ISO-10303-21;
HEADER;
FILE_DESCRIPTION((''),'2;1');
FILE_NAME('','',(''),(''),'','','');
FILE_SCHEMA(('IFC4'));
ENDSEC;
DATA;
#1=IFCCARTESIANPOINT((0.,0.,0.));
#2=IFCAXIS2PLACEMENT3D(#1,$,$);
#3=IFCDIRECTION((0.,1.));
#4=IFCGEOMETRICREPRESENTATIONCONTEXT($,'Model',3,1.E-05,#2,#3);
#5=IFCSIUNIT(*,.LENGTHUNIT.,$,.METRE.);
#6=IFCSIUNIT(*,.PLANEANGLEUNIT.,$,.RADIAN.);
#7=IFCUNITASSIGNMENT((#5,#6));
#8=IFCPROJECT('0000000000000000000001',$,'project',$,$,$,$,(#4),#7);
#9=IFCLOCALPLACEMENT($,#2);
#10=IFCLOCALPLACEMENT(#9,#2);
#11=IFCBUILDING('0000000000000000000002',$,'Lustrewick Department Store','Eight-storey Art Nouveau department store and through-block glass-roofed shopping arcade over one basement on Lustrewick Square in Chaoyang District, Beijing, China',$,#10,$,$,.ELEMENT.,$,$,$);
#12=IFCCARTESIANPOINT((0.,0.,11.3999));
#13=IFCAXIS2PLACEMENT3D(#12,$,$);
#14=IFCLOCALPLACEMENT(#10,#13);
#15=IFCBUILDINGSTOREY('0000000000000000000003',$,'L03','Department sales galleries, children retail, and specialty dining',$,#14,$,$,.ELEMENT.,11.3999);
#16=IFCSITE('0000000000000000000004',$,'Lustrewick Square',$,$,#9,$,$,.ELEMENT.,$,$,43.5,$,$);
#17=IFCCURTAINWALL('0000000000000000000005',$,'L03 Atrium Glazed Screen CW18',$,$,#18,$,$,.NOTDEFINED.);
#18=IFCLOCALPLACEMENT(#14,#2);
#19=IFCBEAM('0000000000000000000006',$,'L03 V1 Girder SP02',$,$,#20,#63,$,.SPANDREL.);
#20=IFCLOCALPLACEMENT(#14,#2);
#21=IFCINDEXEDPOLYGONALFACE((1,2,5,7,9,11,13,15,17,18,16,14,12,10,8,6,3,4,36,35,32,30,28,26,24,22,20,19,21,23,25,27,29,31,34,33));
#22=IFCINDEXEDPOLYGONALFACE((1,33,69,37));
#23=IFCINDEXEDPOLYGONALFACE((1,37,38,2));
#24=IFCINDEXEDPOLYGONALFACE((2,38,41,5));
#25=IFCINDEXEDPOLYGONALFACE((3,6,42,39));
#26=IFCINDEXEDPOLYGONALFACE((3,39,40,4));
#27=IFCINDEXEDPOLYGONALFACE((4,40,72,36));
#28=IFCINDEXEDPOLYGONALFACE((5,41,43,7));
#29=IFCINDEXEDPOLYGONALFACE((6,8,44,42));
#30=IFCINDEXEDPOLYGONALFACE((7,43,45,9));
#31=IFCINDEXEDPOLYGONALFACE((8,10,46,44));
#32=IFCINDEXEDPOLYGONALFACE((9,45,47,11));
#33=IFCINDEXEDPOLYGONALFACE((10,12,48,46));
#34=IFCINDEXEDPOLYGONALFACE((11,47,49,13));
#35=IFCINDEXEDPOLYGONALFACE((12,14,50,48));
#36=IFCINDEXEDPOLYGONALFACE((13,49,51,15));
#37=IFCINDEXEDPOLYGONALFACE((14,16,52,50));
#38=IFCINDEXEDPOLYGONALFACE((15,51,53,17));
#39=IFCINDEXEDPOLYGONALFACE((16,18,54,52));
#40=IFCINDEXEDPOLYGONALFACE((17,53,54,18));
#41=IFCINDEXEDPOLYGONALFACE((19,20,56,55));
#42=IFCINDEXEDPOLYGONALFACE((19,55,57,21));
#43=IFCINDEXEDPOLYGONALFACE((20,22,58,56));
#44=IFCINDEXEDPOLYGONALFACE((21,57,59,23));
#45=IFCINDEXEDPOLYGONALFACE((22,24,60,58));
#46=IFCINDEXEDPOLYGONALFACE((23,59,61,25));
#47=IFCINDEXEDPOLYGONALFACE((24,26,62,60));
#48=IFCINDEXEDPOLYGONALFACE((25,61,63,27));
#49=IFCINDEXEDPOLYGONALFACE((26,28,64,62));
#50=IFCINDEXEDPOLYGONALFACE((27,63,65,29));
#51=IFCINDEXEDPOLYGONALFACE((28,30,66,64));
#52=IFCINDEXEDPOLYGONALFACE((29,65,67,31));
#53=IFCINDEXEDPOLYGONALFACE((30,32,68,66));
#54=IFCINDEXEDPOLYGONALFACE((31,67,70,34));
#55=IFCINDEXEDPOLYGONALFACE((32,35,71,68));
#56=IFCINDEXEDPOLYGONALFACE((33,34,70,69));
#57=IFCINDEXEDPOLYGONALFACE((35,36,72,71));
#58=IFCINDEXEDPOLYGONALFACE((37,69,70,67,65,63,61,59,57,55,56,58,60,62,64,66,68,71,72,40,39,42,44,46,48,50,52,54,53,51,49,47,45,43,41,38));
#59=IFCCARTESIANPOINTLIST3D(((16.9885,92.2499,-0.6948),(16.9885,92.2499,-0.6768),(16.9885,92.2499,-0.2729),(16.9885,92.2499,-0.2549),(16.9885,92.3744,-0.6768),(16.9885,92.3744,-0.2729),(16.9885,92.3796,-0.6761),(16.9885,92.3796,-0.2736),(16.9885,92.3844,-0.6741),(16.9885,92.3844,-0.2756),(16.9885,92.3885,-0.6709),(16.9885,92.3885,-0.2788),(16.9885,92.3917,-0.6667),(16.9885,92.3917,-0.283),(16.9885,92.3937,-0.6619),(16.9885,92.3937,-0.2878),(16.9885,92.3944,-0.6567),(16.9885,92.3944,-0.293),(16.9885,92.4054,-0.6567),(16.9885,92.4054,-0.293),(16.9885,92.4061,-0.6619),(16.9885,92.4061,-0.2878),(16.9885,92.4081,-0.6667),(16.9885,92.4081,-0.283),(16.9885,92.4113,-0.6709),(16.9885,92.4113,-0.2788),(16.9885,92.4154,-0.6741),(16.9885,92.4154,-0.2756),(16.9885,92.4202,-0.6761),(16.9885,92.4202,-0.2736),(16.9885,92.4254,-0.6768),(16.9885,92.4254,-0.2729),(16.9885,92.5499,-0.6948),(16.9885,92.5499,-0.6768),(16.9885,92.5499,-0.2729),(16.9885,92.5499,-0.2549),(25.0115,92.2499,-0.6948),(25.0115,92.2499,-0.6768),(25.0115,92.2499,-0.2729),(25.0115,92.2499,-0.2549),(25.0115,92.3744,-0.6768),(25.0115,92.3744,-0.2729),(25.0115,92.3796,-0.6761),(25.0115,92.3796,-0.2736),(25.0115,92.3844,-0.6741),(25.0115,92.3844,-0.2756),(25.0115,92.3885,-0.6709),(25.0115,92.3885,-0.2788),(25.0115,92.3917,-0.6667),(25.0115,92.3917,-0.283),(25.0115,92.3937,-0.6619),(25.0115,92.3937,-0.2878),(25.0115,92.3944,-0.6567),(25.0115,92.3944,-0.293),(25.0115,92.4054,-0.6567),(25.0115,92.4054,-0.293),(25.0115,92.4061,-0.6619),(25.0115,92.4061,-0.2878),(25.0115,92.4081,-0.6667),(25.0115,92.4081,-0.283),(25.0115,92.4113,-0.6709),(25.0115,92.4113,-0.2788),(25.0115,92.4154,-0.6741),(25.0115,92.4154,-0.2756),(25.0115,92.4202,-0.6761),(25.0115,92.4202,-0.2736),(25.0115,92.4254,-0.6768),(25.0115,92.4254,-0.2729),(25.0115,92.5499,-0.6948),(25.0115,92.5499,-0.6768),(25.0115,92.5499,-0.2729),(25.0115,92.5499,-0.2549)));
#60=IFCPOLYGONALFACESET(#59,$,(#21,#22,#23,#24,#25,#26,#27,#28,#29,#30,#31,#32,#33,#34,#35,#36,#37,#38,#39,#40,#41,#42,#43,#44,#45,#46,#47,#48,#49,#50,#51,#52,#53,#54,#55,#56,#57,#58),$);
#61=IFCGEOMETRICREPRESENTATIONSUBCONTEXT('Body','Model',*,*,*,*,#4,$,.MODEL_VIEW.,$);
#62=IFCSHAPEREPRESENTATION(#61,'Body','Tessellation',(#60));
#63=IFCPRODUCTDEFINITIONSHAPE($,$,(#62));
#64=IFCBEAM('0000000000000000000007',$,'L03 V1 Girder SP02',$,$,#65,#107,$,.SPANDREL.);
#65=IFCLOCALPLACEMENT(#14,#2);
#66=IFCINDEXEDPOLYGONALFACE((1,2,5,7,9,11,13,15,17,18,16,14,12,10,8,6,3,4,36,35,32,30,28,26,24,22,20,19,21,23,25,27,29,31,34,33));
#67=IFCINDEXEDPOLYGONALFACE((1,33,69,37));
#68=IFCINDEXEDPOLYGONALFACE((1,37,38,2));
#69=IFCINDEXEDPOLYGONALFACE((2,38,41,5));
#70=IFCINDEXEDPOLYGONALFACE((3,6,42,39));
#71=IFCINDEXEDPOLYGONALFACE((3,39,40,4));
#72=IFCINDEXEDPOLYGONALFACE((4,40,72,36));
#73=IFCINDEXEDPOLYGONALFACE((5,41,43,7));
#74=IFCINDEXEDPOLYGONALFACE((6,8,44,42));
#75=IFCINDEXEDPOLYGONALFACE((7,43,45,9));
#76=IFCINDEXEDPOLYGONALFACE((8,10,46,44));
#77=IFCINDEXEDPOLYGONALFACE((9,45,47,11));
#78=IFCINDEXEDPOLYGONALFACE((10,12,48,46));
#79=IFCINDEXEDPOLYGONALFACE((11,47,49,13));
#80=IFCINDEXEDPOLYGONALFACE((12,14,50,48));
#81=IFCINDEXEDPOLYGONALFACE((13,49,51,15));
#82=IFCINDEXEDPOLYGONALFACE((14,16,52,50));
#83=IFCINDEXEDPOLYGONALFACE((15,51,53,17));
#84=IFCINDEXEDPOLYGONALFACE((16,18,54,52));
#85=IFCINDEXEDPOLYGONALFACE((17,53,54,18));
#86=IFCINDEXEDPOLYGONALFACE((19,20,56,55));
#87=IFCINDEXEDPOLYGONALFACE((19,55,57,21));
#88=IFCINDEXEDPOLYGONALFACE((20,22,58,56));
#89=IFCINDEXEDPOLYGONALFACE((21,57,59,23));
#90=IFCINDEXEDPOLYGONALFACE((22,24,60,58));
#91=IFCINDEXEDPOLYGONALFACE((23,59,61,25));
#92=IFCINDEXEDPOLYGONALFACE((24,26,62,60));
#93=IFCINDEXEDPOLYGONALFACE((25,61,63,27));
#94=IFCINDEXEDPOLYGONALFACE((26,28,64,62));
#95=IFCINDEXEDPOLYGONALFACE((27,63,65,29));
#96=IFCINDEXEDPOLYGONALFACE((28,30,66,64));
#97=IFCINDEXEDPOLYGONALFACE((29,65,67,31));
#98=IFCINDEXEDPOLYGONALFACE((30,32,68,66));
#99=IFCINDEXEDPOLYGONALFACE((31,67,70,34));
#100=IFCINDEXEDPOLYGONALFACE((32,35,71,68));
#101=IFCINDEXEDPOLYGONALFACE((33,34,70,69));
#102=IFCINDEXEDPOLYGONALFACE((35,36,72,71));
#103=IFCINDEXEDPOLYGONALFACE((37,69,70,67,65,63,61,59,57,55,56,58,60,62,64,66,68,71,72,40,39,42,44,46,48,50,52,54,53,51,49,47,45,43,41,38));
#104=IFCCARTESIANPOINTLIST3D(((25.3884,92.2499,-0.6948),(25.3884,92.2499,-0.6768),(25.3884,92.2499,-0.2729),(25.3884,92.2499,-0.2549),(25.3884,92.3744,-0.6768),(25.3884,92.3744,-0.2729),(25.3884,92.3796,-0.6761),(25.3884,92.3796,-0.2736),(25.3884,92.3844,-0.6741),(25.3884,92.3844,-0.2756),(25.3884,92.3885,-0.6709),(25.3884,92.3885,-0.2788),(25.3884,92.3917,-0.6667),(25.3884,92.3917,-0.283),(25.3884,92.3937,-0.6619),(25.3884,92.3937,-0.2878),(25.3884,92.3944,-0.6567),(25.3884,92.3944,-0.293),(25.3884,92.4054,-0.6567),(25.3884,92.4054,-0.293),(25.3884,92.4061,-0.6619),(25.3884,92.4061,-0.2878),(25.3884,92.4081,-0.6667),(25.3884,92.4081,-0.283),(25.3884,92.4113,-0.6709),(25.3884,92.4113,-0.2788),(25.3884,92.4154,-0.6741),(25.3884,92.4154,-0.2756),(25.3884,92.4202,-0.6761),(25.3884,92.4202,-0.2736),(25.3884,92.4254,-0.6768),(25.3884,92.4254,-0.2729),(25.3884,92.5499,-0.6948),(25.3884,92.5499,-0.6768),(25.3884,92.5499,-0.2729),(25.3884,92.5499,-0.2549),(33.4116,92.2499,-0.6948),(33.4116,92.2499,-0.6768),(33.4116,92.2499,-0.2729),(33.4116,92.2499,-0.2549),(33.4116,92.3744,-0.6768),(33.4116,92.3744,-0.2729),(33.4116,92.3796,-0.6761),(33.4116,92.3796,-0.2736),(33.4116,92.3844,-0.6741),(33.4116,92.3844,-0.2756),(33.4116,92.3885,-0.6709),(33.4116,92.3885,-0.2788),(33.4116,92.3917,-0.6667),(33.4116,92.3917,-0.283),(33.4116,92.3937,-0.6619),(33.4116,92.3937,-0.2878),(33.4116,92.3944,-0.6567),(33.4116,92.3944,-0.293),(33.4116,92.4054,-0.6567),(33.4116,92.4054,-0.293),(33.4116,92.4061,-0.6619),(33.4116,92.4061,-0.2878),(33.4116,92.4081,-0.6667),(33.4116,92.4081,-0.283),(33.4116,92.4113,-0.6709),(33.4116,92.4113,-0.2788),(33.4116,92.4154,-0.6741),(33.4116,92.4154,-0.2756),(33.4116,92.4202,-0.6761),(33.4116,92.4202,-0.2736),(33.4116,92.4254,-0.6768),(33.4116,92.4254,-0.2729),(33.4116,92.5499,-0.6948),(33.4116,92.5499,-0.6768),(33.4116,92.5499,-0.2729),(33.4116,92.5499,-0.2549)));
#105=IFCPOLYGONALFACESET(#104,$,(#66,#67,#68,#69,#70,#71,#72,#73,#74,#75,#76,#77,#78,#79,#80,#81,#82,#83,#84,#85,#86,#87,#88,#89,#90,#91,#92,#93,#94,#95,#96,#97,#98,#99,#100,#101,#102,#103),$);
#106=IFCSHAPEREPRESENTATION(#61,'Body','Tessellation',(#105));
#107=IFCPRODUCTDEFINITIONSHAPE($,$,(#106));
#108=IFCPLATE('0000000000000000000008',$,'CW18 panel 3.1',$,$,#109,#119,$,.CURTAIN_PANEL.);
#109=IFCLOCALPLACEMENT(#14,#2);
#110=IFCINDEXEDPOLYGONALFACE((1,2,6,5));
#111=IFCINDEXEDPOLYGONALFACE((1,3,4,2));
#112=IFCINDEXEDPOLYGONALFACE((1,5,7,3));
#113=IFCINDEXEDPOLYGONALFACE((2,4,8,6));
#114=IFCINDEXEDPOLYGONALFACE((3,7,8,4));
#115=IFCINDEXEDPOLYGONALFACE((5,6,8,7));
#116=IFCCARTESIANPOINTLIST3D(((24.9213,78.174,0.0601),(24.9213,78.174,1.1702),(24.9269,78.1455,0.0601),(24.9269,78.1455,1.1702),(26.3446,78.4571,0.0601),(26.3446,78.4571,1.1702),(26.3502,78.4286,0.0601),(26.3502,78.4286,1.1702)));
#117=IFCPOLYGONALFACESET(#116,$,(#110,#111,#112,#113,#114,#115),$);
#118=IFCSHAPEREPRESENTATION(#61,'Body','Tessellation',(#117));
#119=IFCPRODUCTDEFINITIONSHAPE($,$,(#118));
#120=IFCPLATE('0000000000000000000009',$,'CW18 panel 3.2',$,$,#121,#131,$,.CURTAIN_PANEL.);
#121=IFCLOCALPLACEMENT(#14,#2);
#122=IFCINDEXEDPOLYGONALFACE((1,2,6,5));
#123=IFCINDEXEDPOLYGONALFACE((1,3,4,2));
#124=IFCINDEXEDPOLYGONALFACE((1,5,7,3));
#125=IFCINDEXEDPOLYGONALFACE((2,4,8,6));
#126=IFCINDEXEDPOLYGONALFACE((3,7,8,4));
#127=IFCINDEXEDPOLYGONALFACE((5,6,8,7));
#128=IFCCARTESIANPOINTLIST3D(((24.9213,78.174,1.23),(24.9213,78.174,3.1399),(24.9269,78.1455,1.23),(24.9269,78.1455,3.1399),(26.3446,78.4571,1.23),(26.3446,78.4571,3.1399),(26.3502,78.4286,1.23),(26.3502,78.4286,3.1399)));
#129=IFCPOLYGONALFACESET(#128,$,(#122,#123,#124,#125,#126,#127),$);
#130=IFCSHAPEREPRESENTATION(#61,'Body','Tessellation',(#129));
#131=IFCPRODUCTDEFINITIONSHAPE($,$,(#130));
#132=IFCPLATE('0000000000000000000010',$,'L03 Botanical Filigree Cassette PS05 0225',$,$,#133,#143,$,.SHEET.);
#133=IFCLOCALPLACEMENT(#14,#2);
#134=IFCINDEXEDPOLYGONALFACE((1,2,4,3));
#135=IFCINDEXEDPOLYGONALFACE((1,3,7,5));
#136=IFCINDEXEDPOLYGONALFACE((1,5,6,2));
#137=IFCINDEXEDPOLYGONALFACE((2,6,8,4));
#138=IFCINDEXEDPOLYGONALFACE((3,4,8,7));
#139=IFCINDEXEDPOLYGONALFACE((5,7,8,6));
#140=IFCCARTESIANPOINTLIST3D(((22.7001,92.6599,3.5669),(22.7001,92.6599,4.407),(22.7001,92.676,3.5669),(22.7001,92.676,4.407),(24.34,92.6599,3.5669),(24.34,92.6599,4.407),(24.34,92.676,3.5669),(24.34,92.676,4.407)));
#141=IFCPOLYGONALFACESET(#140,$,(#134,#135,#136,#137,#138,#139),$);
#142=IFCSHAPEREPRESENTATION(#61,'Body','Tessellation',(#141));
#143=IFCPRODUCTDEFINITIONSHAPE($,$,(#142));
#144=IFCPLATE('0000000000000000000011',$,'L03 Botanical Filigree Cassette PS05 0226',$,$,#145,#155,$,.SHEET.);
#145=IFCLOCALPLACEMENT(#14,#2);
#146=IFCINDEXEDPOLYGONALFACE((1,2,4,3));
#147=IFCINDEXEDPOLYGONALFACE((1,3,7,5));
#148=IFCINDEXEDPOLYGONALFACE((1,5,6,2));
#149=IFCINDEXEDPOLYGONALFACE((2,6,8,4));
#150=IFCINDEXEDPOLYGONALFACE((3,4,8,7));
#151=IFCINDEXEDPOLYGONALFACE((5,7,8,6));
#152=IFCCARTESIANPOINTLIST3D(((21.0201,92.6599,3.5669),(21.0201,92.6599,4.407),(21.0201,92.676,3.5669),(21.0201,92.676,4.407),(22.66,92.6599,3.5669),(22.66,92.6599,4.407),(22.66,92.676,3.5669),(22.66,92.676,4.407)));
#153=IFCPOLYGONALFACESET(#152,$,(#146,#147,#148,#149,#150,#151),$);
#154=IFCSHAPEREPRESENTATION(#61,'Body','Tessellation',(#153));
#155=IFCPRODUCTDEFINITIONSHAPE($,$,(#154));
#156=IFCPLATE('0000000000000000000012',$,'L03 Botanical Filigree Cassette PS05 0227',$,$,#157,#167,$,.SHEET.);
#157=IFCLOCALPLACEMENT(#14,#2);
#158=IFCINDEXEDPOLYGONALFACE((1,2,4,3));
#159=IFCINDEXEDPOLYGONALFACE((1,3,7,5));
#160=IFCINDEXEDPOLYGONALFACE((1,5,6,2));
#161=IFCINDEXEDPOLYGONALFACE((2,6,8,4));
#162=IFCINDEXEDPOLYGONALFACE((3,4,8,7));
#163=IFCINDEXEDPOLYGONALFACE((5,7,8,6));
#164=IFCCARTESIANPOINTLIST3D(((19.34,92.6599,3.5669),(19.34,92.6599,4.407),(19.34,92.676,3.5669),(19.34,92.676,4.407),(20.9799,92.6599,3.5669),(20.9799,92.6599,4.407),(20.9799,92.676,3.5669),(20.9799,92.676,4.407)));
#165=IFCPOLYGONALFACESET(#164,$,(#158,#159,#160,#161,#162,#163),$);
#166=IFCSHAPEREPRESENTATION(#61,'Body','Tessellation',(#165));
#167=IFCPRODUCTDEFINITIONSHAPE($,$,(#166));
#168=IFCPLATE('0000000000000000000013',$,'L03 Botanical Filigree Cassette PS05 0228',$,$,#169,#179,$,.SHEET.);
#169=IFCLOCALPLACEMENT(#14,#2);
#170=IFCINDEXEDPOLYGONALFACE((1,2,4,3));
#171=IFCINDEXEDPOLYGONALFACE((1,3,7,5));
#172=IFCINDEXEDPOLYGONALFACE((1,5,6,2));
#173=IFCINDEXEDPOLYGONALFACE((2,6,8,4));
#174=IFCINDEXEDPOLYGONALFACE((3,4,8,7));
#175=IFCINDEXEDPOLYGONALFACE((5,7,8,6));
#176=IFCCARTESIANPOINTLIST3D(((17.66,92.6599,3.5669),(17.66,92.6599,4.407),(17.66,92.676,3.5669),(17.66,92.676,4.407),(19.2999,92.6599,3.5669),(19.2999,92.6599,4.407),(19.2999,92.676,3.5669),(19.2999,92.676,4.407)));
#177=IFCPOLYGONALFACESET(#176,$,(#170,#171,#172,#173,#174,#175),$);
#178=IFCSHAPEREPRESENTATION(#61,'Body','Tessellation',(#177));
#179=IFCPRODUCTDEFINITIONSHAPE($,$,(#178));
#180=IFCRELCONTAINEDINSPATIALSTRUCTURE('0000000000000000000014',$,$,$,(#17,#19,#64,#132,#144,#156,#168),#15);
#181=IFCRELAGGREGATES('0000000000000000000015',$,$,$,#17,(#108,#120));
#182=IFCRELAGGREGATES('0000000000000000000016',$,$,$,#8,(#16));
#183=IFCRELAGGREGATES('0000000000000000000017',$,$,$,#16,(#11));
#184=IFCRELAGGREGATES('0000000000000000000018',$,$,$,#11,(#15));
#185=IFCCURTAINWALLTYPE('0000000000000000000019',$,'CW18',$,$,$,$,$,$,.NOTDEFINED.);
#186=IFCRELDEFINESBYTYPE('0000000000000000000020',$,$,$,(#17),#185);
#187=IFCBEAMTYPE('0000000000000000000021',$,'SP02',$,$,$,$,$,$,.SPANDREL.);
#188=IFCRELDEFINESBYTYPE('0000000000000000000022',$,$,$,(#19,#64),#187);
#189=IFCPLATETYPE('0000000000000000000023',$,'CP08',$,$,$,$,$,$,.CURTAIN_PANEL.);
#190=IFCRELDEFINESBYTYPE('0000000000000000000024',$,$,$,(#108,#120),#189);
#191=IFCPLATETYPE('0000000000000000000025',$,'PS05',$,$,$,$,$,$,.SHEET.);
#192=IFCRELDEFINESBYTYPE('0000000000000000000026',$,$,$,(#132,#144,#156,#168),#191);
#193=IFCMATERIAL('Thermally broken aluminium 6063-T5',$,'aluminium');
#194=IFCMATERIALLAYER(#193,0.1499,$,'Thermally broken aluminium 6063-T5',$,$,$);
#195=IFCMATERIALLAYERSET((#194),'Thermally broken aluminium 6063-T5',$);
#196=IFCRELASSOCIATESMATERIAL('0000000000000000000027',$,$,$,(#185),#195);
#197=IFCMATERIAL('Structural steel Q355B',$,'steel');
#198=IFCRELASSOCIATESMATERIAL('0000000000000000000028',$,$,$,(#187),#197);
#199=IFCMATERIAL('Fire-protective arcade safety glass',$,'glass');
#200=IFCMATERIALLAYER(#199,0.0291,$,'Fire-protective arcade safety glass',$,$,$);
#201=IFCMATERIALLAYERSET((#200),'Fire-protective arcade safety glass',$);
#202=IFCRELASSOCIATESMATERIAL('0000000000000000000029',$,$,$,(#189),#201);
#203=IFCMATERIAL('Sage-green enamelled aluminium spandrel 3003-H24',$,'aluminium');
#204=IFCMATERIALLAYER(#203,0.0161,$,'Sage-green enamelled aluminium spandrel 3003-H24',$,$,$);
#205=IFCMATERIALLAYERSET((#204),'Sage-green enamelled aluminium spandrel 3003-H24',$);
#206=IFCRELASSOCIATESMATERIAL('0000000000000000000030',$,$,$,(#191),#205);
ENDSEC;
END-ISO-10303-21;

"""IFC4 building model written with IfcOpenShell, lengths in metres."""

from ifc_helpers import new_model, si_unit, direction, frame, origin, origin_2d, place, context, subcontext, project, spatial, rectangle, i_section, extrude, material, layer, layer_set, material_profile, profile_set, type_object, element, aggregate, save


model = new_model("IFC4")

# Units and contexts
model_context = context("Model", 3, precision=1e-05, world=origin(), true_north=direction((0.0, 1.0)))
body_context = subcontext(model_context, "Body", "Model", "MODEL_VIEW")
ifc_project = project(units=[si_unit("LENGTHUNIT", "METRE"), si_unit("PLANEANGLEUNIT", "RADIAN")], contexts=[model_context])

# Site, building, storey
site_placement = place(None, origin())
site = spatial("IfcSite", under=ifc_project, at=site_placement, Name="Lustrewick Square", CompositionType="ELEMENT", RefElevation=43.5)
building_placement = place(site_placement, origin())
building = spatial("IfcBuilding", under=site, at=building_placement, Name="Lustrewick Department Store", Description="Eight-storey Art Nouveau department store and through-block glass-roofed shopping arcade over one basement on Lustrewick Square in Chaoyang District, Beijing, China", CompositionType="ELEMENT")
storey_placement = place(building_placement, frame((0.0, 0.0, 11.3999)))
storey = spatial("IfcBuildingStorey", under=building, at=storey_placement, Name="L03", Description="Department sales galleries, children retail, and specialty dining", CompositionType="ELEMENT", Elevation=11.3999)

# Shared definitions
ifc_material_1 = material(Name="Structural steel Q355B", Category="steel")

# Curtain wall
ifc_material_2 = material(Name="Thermally broken aluminium 6063-T5", Category="aluminium")
ifc_layer_1 = layer(ifc_material_2, 0.1499, Name="Thermally broken aluminium 6063-T5")
ifc_layer_set_1 = layer_set([ifc_layer_1], Name="Thermally broken aluminium 6063-T5")
curtain_wall_type_1 = type_object("IfcCurtainWallType", Name="CW18", PredefinedType="NOTDEFINED", material=ifc_layer_set_1)
curtain_wall_1_placement = place(storey_placement, origin())
curtain_wall_1 = element("IfcCurtainWall", 1, at=curtain_wall_1_placement, inside=storey, type_object=curtain_wall_type_1, Name="L03 Atrium Glazed Screen CW18", PredefinedType="NOTDEFINED")

# Beams
ifc_material_profile_1 = material_profile(ifc_material_1, i_section(OverallWidth=0.3, OverallDepth=0.4399, WebThickness=0.011, FlangeThickness=0.0181, FilletRadius=0.02, at=origin_2d()), Name="HM 440x300x11x18")
ifc_profile_set_1 = profile_set([ifc_material_profile_1], Name="Structural steel Q355B")
beam_type_1 = type_object("IfcBeamType", Name="SP02", PredefinedType="SPANDREL", material=ifc_profile_set_1)
beam_1_placement = place(storey_placement, frame((16.9885, 92.3999, -0.4749), z_axis=(1.0, 0.0, 0.0), x_axis=(0.0, 1.0, 0.0)))
element("IfcBeam", 2, at=beam_1_placement, inside=storey, type_object=beam_type_1, Name="L03 V1 Girder SP02", PredefinedType="SPANDREL", context=body_context, shape_type="SweptSolid", body=[
    extrude(i_section(OverallWidth=0.3, OverallDepth=0.4399, WebThickness=0.011, FlangeThickness=0.0181, FilletRadius=0.02, at=origin_2d()), origin(), (0.0, 0.0, 1.0), 8.0229),
])
beam_2_placement = place(storey_placement, frame((25.3884, 92.3999, -0.4749), z_axis=(1.0, 0.0, 0.0), x_axis=(0.0, 1.0, 0.0)))
element("IfcBeam", 3, at=beam_2_placement, inside=storey, type_object=beam_type_1, Name="L03 V1 Girder SP02", PredefinedType="SPANDREL", context=body_context, shape_type="SweptSolid", body=[
    extrude(i_section(OverallWidth=0.3, OverallDepth=0.4399, WebThickness=0.011, FlangeThickness=0.0181, FilletRadius=0.02, at=origin_2d()), origin(), (0.0, 0.0, 1.0), 8.0232),
])

# Plates
ifc_material_3 = material(Name="Fire-protective arcade safety glass", Category="glass")
ifc_layer_2 = layer(ifc_material_3, 0.0291, Name="Fire-protective arcade safety glass")
ifc_layer_set_2 = layer_set([ifc_layer_2], Name="Fire-protective arcade safety glass")
plate_type_1 = type_object("IfcPlateType", Name="CP08", PredefinedType="CURTAIN_PANEL", material=ifc_layer_set_2)
plate_1_placement = place(storey_placement, frame((25.6357, 78.3013, 0.0601), z_axis=(0.0, 0.0, 1.0), x_axis=(-0.980786, -0.195085, 0.0)))
plate_1 = element("IfcPlate", 4, at=plate_1_placement, type_object=plate_type_1, Name="CW18 panel 3.1", PredefinedType="CURTAIN_PANEL", context=body_context, shape_type="SweptSolid", body=[
    extrude(rectangle(XDim=1.4512, YDim=0.0291, at=origin_2d()), origin(), (0.0, 0.0, 1.0), 1.1101),
])
plate_2_placement = place(storey_placement, frame((25.6357, 78.3013, 1.23), z_axis=(0.0, 0.0, 1.0), x_axis=(-0.980786, -0.195085, 0.0)))
plate_2 = element("IfcPlate", 5, at=plate_2_placement, type_object=plate_type_1, Name="CW18 panel 3.2", PredefinedType="CURTAIN_PANEL", context=body_context, shape_type="SweptSolid", body=[
    extrude(rectangle(XDim=1.4512, YDim=0.0291, at=origin_2d()), origin(), (0.0, 0.0, 1.0), 1.9099),
])
aggregate(curtain_wall_1, [plate_1, plate_2])

# Plates
ifc_material_4 = material(Name="Sage-green enamelled aluminium spandrel 3003-H24", Category="aluminium")
ifc_layer_3 = layer(ifc_material_4, 0.0161, Name="Sage-green enamelled aluminium spandrel 3003-H24")
ifc_layer_set_3 = layer_set([ifc_layer_3], Name="Sage-green enamelled aluminium spandrel 3003-H24")
plate_type_2 = type_object("IfcPlateType", Name="PS05", PredefinedType="SHEET", material=ifc_layer_set_3)
for number, where, z_axis, x_axis, name in (
    (6, (23.52, 92.668, 3.5669), (0.0, 0.0, 1.0), (-1.0, 0.0, 0.0), "L03 Botanical Filigree Cassette PS05 0225"),
    (7, (21.8401, 92.668, 3.5669), (0.0, 0.0, 1.0), (-1.0, 0.0, 0.0), "L03 Botanical Filigree Cassette PS05 0226"),
    (8, (20.1599, 92.668, 3.5669), (0.0, 0.0, 1.0), (-1.0, 0.0, 0.0), "L03 Botanical Filigree Cassette PS05 0227"),
    (9, (18.48, 92.668, 3.5669), (0.0, 0.0, 1.0), (-1.0, 0.0, 0.0), "L03 Botanical Filigree Cassette PS05 0228"),
):
    element("IfcPlate", number, at=place(storey_placement, frame(where, z_axis=z_axis, x_axis=x_axis)), inside=storey, type_object=plate_type_2, Name=name, PredefinedType="SHEET", context=body_context, shape_type="SweptSolid", body=[
        extrude(rectangle(XDim=1.6399, YDim=0.0161, at=origin_2d()), origin(), (0.0, 0.0, 1.0), 0.8401),
    ])

save(model, "model.ifc")
